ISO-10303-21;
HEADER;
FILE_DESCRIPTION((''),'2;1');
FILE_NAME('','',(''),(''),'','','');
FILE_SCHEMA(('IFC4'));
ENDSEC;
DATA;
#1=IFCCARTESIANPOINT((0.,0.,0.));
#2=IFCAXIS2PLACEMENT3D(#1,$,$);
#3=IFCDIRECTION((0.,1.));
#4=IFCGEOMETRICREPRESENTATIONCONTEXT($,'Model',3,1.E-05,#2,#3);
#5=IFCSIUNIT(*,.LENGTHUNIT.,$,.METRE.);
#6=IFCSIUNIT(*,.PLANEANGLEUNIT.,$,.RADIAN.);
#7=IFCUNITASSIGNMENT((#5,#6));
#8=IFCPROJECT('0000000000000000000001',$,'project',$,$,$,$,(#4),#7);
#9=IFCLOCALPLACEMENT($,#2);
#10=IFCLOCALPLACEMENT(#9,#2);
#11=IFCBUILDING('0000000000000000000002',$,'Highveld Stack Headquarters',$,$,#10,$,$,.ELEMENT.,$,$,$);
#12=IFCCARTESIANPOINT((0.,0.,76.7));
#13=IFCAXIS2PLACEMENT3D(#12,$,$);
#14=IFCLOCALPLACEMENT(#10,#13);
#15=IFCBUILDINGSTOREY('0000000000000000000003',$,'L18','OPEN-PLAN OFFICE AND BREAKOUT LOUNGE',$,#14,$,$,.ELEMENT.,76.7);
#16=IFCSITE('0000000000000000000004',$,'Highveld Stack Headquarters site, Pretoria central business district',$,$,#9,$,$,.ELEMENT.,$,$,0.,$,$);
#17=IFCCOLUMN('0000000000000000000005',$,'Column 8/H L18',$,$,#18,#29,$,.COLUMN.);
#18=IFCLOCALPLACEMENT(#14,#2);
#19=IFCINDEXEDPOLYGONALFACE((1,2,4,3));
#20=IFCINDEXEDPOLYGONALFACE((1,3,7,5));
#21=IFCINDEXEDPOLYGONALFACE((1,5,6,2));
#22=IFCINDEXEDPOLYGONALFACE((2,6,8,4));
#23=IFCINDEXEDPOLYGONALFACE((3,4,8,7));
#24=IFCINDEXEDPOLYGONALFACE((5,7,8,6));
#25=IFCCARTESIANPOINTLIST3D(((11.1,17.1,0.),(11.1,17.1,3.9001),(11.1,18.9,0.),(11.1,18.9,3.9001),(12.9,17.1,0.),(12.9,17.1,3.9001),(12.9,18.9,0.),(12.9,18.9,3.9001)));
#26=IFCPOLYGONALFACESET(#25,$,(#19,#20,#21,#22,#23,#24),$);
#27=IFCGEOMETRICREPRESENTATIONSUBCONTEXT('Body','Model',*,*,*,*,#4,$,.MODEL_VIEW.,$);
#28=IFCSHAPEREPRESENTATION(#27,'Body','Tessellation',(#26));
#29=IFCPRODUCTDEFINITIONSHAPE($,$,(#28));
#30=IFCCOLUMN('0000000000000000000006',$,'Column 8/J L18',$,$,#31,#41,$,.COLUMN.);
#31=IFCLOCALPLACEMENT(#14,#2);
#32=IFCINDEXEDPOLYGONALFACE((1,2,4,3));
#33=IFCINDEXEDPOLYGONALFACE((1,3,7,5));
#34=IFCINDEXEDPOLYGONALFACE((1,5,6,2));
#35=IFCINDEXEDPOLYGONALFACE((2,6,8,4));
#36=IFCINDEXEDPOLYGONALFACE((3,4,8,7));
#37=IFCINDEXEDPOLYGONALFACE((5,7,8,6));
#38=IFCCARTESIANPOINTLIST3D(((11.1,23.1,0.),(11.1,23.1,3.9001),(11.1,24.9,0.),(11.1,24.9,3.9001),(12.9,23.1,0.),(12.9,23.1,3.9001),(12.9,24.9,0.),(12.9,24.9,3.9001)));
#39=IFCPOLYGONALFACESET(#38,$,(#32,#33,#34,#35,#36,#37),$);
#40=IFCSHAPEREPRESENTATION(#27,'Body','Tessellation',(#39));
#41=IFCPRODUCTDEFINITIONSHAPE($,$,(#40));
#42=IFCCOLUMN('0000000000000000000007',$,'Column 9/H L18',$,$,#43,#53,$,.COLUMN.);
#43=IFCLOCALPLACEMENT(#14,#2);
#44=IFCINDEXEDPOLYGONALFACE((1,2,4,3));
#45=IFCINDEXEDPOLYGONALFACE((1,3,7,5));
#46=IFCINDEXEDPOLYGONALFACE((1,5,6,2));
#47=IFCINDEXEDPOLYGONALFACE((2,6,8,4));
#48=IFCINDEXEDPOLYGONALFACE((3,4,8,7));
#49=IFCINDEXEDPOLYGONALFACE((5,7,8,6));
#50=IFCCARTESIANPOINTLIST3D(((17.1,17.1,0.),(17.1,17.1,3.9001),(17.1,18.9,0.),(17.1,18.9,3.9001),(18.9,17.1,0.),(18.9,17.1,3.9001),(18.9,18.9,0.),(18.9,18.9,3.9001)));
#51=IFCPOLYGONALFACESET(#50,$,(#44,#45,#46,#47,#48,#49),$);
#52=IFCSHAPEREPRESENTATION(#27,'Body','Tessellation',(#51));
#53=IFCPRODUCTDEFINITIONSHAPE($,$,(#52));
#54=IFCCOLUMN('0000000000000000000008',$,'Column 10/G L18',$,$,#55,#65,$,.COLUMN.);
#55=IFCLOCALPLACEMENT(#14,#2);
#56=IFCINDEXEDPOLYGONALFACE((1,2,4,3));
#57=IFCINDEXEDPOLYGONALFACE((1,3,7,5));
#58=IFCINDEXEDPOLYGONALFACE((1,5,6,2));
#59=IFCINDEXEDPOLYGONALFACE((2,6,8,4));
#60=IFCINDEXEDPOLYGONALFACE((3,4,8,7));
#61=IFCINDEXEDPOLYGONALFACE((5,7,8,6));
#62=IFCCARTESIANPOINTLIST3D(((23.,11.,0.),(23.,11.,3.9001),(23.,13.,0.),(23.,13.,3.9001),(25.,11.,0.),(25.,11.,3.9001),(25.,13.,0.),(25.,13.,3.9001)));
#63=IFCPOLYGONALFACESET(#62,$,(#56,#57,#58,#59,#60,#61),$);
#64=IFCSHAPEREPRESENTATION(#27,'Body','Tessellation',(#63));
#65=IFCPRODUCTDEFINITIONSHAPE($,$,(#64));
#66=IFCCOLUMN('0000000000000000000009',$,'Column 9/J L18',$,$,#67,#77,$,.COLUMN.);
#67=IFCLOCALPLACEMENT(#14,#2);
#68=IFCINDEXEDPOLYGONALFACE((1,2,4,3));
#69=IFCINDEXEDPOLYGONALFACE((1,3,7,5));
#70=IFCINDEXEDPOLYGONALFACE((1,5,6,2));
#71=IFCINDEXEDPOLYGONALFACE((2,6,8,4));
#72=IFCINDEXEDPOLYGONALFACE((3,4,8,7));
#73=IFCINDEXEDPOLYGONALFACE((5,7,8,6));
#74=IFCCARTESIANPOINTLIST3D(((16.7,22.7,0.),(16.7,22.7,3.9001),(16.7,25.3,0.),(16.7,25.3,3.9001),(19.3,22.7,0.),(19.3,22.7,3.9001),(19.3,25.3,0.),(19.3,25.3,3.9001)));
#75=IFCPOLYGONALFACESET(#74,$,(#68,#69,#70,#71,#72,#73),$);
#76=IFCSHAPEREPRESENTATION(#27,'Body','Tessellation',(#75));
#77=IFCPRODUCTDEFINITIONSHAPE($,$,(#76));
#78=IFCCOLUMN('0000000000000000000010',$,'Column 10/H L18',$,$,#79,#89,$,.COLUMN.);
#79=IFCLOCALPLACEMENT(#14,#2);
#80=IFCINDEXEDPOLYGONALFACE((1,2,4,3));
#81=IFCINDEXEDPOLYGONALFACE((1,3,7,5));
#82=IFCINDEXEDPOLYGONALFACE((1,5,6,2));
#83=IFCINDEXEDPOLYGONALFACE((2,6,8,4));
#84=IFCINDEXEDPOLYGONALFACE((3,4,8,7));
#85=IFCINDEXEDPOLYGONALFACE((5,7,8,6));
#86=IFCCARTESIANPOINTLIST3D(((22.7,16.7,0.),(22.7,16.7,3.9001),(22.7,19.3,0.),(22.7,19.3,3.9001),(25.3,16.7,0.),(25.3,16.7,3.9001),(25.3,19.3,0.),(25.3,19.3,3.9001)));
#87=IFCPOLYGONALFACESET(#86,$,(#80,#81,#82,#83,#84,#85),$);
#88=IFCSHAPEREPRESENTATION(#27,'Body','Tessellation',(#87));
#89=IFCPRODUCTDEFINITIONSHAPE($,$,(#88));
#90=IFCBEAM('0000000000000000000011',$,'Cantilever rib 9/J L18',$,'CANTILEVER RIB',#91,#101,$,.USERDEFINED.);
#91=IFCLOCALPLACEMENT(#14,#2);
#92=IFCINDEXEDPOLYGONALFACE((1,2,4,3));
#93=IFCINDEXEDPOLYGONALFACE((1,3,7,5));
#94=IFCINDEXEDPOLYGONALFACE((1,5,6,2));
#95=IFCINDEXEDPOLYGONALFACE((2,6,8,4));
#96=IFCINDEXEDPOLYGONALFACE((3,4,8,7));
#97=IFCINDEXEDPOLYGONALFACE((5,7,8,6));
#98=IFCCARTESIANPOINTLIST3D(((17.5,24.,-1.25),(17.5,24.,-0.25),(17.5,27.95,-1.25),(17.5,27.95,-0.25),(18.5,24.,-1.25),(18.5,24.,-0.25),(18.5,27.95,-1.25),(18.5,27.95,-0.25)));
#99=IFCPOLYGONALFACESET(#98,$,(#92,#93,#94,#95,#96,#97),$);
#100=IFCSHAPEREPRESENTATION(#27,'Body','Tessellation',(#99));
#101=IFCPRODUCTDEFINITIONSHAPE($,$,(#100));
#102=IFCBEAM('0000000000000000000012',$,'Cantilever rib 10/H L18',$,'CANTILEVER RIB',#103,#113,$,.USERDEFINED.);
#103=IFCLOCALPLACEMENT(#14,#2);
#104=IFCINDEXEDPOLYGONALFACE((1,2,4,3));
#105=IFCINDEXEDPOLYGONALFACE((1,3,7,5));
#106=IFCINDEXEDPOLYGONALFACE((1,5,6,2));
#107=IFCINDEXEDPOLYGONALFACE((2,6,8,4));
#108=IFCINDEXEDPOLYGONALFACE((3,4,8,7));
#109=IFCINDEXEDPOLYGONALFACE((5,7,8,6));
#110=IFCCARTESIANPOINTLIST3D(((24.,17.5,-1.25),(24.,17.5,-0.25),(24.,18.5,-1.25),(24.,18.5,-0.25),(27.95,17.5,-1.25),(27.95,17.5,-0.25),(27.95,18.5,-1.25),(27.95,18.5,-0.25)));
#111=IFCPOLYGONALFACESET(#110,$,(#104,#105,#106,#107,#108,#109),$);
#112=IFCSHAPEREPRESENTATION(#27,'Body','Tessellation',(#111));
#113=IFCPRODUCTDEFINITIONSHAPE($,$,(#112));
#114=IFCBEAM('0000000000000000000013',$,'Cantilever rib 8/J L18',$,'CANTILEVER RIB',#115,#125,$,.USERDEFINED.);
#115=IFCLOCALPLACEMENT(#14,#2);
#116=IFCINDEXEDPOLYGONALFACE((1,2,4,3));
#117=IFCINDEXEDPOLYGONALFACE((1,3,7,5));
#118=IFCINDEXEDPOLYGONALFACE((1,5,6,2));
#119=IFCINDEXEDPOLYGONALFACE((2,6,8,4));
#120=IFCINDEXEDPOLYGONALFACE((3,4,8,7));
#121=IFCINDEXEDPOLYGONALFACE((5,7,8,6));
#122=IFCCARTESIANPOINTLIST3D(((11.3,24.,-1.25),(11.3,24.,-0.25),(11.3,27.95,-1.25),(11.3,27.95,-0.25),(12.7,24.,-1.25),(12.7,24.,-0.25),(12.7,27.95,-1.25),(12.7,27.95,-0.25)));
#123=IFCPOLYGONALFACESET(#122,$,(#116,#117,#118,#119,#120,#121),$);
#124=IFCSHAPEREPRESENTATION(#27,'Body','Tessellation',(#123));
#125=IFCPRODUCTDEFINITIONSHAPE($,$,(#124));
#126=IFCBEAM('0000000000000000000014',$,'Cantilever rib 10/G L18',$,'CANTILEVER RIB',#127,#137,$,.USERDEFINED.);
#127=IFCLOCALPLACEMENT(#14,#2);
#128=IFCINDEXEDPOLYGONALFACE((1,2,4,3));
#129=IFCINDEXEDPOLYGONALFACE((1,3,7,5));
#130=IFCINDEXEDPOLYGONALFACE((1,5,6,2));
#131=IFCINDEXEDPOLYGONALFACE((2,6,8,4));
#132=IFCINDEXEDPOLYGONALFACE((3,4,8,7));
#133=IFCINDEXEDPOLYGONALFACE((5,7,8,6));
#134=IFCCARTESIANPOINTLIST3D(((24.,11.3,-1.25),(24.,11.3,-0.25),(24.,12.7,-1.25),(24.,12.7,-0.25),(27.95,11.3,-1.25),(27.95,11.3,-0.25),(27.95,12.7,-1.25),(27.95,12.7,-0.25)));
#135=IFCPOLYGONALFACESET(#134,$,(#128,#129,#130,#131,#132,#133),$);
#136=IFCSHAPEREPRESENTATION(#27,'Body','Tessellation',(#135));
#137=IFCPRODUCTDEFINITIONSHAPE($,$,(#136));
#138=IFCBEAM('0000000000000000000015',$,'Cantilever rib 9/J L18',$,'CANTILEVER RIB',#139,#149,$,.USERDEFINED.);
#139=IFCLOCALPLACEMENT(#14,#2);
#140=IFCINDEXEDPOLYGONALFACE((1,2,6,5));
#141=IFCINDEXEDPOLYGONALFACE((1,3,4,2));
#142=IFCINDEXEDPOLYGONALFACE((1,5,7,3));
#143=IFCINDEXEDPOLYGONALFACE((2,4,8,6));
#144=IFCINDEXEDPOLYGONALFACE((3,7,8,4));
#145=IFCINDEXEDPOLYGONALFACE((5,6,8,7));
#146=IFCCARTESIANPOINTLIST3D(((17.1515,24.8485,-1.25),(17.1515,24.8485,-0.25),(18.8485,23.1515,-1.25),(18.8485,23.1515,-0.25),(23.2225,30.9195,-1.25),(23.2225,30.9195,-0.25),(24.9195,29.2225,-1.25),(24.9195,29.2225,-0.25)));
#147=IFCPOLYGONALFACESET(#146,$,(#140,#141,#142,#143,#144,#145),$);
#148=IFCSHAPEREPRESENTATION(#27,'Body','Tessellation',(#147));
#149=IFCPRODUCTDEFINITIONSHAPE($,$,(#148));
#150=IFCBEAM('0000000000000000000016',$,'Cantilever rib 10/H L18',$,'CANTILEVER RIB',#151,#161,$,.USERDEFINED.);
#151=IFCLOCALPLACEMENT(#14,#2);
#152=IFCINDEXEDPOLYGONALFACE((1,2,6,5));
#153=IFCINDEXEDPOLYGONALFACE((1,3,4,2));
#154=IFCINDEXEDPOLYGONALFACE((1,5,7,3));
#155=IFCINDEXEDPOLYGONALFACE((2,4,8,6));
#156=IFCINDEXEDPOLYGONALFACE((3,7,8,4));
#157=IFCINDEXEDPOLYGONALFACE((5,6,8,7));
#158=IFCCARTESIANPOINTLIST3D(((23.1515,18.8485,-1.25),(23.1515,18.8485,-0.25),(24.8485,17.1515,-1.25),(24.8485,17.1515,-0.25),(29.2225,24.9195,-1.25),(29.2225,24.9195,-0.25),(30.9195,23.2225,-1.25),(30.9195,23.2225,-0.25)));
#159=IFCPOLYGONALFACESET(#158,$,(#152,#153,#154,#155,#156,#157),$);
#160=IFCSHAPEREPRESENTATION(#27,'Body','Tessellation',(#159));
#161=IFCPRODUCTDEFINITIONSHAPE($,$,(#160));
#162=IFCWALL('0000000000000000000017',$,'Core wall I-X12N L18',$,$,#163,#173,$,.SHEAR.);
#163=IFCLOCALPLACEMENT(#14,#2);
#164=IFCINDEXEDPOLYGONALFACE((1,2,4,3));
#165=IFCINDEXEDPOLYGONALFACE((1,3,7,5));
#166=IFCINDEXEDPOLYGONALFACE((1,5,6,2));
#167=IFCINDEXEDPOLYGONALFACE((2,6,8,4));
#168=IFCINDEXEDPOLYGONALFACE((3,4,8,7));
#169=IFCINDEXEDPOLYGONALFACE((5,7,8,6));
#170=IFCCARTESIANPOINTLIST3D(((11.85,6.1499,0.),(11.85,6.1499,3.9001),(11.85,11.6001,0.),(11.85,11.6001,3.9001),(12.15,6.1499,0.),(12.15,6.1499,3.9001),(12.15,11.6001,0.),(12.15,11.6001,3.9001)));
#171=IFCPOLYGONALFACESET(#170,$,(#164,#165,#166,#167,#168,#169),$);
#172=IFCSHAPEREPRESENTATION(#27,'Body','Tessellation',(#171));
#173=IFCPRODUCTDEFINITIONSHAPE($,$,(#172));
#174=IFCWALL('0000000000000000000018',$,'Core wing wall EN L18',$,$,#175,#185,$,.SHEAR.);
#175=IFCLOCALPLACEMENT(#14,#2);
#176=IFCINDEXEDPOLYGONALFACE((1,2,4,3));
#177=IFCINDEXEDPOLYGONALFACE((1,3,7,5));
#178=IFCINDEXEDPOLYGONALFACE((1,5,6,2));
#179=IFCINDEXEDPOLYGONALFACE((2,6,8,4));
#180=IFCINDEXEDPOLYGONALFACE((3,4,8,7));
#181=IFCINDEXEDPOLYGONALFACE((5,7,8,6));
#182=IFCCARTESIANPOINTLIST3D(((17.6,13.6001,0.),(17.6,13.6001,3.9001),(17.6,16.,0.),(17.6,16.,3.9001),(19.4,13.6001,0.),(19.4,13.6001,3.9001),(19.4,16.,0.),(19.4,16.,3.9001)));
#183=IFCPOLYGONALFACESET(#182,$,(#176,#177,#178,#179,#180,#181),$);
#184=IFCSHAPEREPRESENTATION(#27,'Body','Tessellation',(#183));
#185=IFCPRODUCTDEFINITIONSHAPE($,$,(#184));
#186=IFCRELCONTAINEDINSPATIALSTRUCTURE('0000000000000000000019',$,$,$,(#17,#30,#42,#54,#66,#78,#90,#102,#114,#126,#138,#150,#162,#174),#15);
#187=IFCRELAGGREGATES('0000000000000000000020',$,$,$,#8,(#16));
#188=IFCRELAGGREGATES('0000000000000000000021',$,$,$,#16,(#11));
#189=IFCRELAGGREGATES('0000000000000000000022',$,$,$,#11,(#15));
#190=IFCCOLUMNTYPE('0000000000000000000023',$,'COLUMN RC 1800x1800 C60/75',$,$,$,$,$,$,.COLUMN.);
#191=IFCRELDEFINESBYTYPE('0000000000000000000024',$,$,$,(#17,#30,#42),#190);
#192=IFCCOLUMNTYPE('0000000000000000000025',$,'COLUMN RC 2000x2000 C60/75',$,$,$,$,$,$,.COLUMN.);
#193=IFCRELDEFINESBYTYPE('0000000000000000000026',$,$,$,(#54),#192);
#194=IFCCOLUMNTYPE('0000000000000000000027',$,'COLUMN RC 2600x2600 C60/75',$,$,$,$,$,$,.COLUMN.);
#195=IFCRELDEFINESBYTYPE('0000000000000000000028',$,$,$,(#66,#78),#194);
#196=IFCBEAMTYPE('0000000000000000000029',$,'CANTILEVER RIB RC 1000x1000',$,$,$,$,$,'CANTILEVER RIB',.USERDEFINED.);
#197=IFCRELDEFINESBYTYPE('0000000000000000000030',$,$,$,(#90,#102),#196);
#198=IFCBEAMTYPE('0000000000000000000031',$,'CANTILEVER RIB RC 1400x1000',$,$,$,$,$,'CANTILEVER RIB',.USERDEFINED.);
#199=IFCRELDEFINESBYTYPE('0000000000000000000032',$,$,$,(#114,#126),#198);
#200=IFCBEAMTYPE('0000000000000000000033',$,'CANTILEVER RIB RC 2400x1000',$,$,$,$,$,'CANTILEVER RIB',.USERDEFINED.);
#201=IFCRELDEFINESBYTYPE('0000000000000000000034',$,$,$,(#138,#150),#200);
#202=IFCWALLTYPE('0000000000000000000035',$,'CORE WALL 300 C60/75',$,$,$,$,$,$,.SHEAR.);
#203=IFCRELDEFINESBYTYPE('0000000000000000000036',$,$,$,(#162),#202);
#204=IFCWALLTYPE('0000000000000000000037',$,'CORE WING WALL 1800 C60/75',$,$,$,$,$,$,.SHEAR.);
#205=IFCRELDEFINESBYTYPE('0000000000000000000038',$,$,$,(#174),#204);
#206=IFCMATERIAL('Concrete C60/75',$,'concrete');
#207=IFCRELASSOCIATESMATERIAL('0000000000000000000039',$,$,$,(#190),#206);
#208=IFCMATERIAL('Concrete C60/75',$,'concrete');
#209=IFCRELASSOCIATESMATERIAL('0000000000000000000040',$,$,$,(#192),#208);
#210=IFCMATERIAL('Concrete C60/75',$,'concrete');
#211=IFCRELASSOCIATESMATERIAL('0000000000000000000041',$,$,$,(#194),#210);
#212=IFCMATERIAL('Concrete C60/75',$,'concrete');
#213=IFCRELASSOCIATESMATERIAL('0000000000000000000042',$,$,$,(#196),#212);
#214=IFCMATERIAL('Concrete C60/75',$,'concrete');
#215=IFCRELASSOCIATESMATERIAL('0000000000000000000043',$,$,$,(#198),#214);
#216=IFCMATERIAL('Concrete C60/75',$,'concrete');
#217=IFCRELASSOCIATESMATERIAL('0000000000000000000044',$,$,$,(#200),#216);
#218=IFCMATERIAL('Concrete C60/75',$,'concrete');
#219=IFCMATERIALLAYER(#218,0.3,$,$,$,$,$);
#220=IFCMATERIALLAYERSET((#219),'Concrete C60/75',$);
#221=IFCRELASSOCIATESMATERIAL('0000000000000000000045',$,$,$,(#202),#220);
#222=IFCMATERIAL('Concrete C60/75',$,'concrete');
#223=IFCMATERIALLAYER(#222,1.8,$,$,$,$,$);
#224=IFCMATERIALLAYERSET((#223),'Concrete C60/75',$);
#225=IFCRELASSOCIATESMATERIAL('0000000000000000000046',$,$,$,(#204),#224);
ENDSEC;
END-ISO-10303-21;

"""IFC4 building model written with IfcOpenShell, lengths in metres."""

from ifc_helpers import new_model, si_unit, direction, frame, frame_2d, origin, origin_2d, place, context, subcontext, project, spatial, rectangle, extrude, material, layer, layer_set, material_profile, profile_set, type_object, element, save


model = new_model("IFC4")

# Units and contexts
model_context = context("Model", 3, precision=1e-05, world=origin(), true_north=direction((0.0, 1.0)))
body_context = subcontext(model_context, "Body", "Model", "MODEL_VIEW")
ifc_project = project(units=[si_unit("LENGTHUNIT", "METRE"), si_unit("PLANEANGLEUNIT", "RADIAN")], contexts=[model_context])

# Site, building, storey
site_placement = place(None, origin())
site = spatial("IfcSite", under=ifc_project, at=site_placement, Name="Highveld Stack Headquarters site, Pretoria central business district", CompositionType="ELEMENT", RefElevation=0.0)
building_placement = place(site_placement, origin())
building = spatial("IfcBuilding", under=site, at=building_placement, Name="Highveld Stack Headquarters", CompositionType="ELEMENT")
storey_placement = place(building_placement, frame((0.0, 0.0, 76.7)))
storey = spatial("IfcBuildingStorey", under=building, at=storey_placement, Name="L18", Description="OPEN-PLAN OFFICE AND BREAKOUT LOUNGE", CompositionType="ELEMENT", Elevation=76.7)

# Columns
ifc_material_1 = material(Name="Concrete C60/75", Category="concrete")
ifc_material_profile_1 = material_profile(ifc_material_1, rectangle(XDim=1.8, YDim=1.8, at=origin_2d()), Name="RC 1800x1800")
ifc_profile_set_1 = profile_set([ifc_material_profile_1], Name="Concrete C60/75")
column_type_1 = type_object("IfcColumnType", Name="COLUMN RC 1800x1800 C60/75", PredefinedType="COLUMN", material=ifc_profile_set_1)
for number, where, z_axis, x_axis, name in (
    (1, (12.0, 18.0, 0.0), (0.0, 0.0, 1.0), (1.0, 0.0, 0.0), "Column 8/H L18"),
    (2, (12.0, 24.0, 0.0), (0.0, 0.0, 1.0), (1.0, 0.0, 0.0), "Column 8/J L18"),
    (3, (18.0, 18.0, 0.0), (0.0, 0.0, 1.0), (1.0, 0.0, 0.0), "Column 9/H L18"),
):
    element("IfcColumn", number, at=place(storey_placement, frame(where, z_axis=z_axis, x_axis=x_axis)), inside=storey, type_object=column_type_1, Name=name, PredefinedType="COLUMN", context=body_context, shape_type="SweptSolid", body=[
        extrude(rectangle(XDim=1.8, YDim=1.8, at=origin_2d()), origin(), (0.0, 0.0, 1.0), 3.9001),
    ])
ifc_material_2 = material(Name="Concrete C60/75", Category="concrete")
ifc_material_profile_2 = material_profile(ifc_material_2, rectangle(XDim=2.0, YDim=2.0, at=origin_2d()), Name="RC 2000x2000")
ifc_profile_set_2 = profile_set([ifc_material_profile_2], Name="Concrete C60/75")
column_type_2 = type_object("IfcColumnType", Name="COLUMN RC 2000x2000 C60/75", PredefinedType="COLUMN", material=ifc_profile_set_2)
column_placement = place(storey_placement, frame((24.0, 12.0, 0.0), z_axis=(0.0, 0.0, 1.0), x_axis=(1.0, 0.0, 0.0)))
element("IfcColumn", 4, at=column_placement, inside=storey, type_object=column_type_2, Name="Column 10/G L18", PredefinedType="COLUMN", context=body_context, shape_type="SweptSolid", body=[
    extrude(rectangle(XDim=2.0, YDim=2.0, at=origin_2d()), origin(), (0.0, 0.0, 1.0), 3.9001),
])
ifc_material_3 = material(Name="Concrete C60/75", Category="concrete")
ifc_material_profile_3 = material_profile(ifc_material_3, rectangle(XDim=2.6001, YDim=2.6001, at=origin_2d()), Name="RC 2600x2600")
ifc_profile_set_3 = profile_set([ifc_material_profile_3], Name="Concrete C60/75")
column_type_3 = type_object("IfcColumnType", Name="COLUMN RC 2600x2600 C60/75", PredefinedType="COLUMN", material=ifc_profile_set_3)
for number, where, z_axis, x_axis, name in (
    (5, (18.0, 24.0, 0.0), (0.0, 0.0, 1.0), (1.0, 0.0, 0.0), "Column 9/J L18"),
    (6, (24.0, 18.0, 0.0), (0.0, 0.0, 1.0), (1.0, 0.0, 0.0), "Column 10/H L18"),
):
    element("IfcColumn", number, at=place(storey_placement, frame(where, z_axis=z_axis, x_axis=x_axis)), inside=storey, type_object=column_type_3, Name=name, PredefinedType="COLUMN", context=body_context, shape_type="SweptSolid", body=[
        extrude(rectangle(XDim=2.6001, YDim=2.6001, at=origin_2d()), origin(), (0.0, 0.0, 1.0), 3.9001),
    ])

# Beams
ifc_material_4 = material(Name="Concrete C60/75", Category="concrete")
ifc_material_profile_4 = material_profile(ifc_material_4, rectangle(XDim=1.0, YDim=1.0, at=origin_2d()), Name="RC 1000x1000")
ifc_profile_set_4 = profile_set([ifc_material_profile_4], Name="Concrete C60/75")
beam_type_1 = type_object("IfcBeamType", Name="CANTILEVER RIB RC 1000x1000", ElementType="CANTILEVER RIB", PredefinedType="USERDEFINED", material=ifc_profile_set_4)
for number, where, z_axis, x_axis, name in (
    (7, (18.0, 24.0, -0.75), (0.0, 1.0, 0.0), (-1.0, 0.0, 0.0), "Cantilever rib 9/J L18"),
    (8, (24.0, 18.0, -0.75), (1.0, 0.0, 0.0), (0.0, 1.0, 0.0), "Cantilever rib 10/H L18"),
):
    element("IfcBeam", number, at=place(storey_placement, frame(where, z_axis=z_axis, x_axis=x_axis)), inside=storey, type_object=beam_type_1, Name=name, ObjectType="CANTILEVER RIB", PredefinedType="USERDEFINED", context=body_context, shape_type="SweptSolid", body=[
        extrude(rectangle(XDim=1.0, YDim=1.0, at=origin_2d()), origin(), (0.0, 0.0, 1.0), 3.95),
    ])
ifc_material_5 = material(Name="Concrete C60/75", Category="concrete")
ifc_material_profile_5 = material_profile(ifc_material_5, rectangle(XDim=1.3999, YDim=1.0, at=origin_2d()), Name="RC 1400x1000")
ifc_profile_set_5 = profile_set([ifc_material_profile_5], Name="Concrete C60/75")
beam_type_2 = type_object("IfcBeamType", Name="CANTILEVER RIB RC 1400x1000", ElementType="CANTILEVER RIB", PredefinedType="USERDEFINED", material=ifc_profile_set_5)
for number, where, z_axis, x_axis, name in (
    (9, (12.0, 24.0, -0.75), (0.0, 1.0, 0.0), (-1.0, 0.0, 0.0), "Cantilever rib 8/J L18"),
    (10, (24.0, 12.0, -0.75), (1.0, 0.0, 0.0), (0.0, 1.0, 0.0), "Cantilever rib 10/G L18"),
):
    element("IfcBeam", number, at=place(storey_placement, frame(where, z_axis=z_axis, x_axis=x_axis)), inside=storey, type_object=beam_type_2, Name=name, ObjectType="CANTILEVER RIB", PredefinedType="USERDEFINED", context=body_context, shape_type="SweptSolid", body=[
        extrude(rectangle(XDim=1.3999, YDim=1.0, at=origin_2d()), origin(), (0.0, 0.0, 1.0), 3.95),
    ])
ifc_material_6 = material(Name="Concrete C60/75", Category="concrete")
ifc_material_profile_6 = material_profile(ifc_material_6, rectangle(XDim=2.3999, YDim=1.0, at=origin_2d()), Name="RC 2400x1000")
ifc_profile_set_6 = profile_set([ifc_material_profile_6], Name="Concrete C60/75")
beam_type_3 = type_object("IfcBeamType", Name="CANTILEVER RIB RC 2400x1000", ElementType="CANTILEVER RIB", PredefinedType="USERDEFINED", material=ifc_profile_set_6)
for number, where, z_axis, x_axis, name in (
    (11, (18.0, 24.0, -0.75), (0.707107, 0.707107, 0.0), (-0.707107, 0.707107, 0.0), "Cantilever rib 9/J L18"),
    (12, (24.0, 18.0, -0.75), (0.707107, 0.707107, 0.0), (-0.707107, 0.707107, 0.0), "Cantilever rib 10/H L18"),
):
    element("IfcBeam", number, at=place(storey_placement, frame(where, z_axis=z_axis, x_axis=x_axis)), inside=storey, type_object=beam_type_3, Name=name, ObjectType="CANTILEVER RIB", PredefinedType="USERDEFINED", context=body_context, shape_type="SweptSolid", body=[
        extrude(rectangle(XDim=2.3999, YDim=1.0, at=origin_2d()), origin(), (0.0, 0.0, 1.0), 8.5857),
    ])

# Walls
ifc_material_7 = material(Name="Concrete C60/75", Category="concrete")
ifc_layer_1 = layer(ifc_material_7, 0.3)
ifc_layer_set_1 = layer_set([ifc_layer_1], Name="Concrete C60/75")
wall_type_1 = type_object("IfcWallType", Name="CORE WALL 300 C60/75", PredefinedType="SHEAR", material=ifc_layer_set_1)
wall_1_placement = place(storey_placement, frame((12.0, 6.1499, 0.0), z_axis=(0.0, 0.0, 1.0), x_axis=(0.0, 1.0, 0.0)))
element("IfcWall", 13, at=wall_1_placement, inside=storey, type_object=wall_type_1, Name="Core wall I-X12N L18", PredefinedType="SHEAR", context=body_context, shape_type="SweptSolid", body=[
    extrude(rectangle(XDim=5.4502, YDim=0.3, at=frame_2d((2.7251, 0.0))), origin(), (0.0, 0.0, 1.0), 3.9001),
])
ifc_material_8 = material(Name="Concrete C60/75", Category="concrete")
ifc_layer_2 = layer(ifc_material_8, 1.8)
ifc_layer_set_2 = layer_set([ifc_layer_2], Name="Concrete C60/75")
wall_type_2 = type_object("IfcWallType", Name="CORE WING WALL 1800 C60/75", PredefinedType="SHEAR", material=ifc_layer_set_2)
wall_2_placement = place(storey_placement, frame((18.5, 13.6001, 0.0), z_axis=(0.0, 0.0, 1.0), x_axis=(0.0, 1.0, 0.0)))
element("IfcWall", 14, at=wall_2_placement, inside=storey, type_object=wall_type_2, Name="Core wing wall EN L18", PredefinedType="SHEAR", context=body_context, shape_type="SweptSolid", body=[
    extrude(rectangle(XDim=2.3999, YDim=1.8, at=frame_2d((1.2, 0.0))), origin(), (0.0, 0.0, 1.0), 3.9001),
])

save(model, "model.ifc")
